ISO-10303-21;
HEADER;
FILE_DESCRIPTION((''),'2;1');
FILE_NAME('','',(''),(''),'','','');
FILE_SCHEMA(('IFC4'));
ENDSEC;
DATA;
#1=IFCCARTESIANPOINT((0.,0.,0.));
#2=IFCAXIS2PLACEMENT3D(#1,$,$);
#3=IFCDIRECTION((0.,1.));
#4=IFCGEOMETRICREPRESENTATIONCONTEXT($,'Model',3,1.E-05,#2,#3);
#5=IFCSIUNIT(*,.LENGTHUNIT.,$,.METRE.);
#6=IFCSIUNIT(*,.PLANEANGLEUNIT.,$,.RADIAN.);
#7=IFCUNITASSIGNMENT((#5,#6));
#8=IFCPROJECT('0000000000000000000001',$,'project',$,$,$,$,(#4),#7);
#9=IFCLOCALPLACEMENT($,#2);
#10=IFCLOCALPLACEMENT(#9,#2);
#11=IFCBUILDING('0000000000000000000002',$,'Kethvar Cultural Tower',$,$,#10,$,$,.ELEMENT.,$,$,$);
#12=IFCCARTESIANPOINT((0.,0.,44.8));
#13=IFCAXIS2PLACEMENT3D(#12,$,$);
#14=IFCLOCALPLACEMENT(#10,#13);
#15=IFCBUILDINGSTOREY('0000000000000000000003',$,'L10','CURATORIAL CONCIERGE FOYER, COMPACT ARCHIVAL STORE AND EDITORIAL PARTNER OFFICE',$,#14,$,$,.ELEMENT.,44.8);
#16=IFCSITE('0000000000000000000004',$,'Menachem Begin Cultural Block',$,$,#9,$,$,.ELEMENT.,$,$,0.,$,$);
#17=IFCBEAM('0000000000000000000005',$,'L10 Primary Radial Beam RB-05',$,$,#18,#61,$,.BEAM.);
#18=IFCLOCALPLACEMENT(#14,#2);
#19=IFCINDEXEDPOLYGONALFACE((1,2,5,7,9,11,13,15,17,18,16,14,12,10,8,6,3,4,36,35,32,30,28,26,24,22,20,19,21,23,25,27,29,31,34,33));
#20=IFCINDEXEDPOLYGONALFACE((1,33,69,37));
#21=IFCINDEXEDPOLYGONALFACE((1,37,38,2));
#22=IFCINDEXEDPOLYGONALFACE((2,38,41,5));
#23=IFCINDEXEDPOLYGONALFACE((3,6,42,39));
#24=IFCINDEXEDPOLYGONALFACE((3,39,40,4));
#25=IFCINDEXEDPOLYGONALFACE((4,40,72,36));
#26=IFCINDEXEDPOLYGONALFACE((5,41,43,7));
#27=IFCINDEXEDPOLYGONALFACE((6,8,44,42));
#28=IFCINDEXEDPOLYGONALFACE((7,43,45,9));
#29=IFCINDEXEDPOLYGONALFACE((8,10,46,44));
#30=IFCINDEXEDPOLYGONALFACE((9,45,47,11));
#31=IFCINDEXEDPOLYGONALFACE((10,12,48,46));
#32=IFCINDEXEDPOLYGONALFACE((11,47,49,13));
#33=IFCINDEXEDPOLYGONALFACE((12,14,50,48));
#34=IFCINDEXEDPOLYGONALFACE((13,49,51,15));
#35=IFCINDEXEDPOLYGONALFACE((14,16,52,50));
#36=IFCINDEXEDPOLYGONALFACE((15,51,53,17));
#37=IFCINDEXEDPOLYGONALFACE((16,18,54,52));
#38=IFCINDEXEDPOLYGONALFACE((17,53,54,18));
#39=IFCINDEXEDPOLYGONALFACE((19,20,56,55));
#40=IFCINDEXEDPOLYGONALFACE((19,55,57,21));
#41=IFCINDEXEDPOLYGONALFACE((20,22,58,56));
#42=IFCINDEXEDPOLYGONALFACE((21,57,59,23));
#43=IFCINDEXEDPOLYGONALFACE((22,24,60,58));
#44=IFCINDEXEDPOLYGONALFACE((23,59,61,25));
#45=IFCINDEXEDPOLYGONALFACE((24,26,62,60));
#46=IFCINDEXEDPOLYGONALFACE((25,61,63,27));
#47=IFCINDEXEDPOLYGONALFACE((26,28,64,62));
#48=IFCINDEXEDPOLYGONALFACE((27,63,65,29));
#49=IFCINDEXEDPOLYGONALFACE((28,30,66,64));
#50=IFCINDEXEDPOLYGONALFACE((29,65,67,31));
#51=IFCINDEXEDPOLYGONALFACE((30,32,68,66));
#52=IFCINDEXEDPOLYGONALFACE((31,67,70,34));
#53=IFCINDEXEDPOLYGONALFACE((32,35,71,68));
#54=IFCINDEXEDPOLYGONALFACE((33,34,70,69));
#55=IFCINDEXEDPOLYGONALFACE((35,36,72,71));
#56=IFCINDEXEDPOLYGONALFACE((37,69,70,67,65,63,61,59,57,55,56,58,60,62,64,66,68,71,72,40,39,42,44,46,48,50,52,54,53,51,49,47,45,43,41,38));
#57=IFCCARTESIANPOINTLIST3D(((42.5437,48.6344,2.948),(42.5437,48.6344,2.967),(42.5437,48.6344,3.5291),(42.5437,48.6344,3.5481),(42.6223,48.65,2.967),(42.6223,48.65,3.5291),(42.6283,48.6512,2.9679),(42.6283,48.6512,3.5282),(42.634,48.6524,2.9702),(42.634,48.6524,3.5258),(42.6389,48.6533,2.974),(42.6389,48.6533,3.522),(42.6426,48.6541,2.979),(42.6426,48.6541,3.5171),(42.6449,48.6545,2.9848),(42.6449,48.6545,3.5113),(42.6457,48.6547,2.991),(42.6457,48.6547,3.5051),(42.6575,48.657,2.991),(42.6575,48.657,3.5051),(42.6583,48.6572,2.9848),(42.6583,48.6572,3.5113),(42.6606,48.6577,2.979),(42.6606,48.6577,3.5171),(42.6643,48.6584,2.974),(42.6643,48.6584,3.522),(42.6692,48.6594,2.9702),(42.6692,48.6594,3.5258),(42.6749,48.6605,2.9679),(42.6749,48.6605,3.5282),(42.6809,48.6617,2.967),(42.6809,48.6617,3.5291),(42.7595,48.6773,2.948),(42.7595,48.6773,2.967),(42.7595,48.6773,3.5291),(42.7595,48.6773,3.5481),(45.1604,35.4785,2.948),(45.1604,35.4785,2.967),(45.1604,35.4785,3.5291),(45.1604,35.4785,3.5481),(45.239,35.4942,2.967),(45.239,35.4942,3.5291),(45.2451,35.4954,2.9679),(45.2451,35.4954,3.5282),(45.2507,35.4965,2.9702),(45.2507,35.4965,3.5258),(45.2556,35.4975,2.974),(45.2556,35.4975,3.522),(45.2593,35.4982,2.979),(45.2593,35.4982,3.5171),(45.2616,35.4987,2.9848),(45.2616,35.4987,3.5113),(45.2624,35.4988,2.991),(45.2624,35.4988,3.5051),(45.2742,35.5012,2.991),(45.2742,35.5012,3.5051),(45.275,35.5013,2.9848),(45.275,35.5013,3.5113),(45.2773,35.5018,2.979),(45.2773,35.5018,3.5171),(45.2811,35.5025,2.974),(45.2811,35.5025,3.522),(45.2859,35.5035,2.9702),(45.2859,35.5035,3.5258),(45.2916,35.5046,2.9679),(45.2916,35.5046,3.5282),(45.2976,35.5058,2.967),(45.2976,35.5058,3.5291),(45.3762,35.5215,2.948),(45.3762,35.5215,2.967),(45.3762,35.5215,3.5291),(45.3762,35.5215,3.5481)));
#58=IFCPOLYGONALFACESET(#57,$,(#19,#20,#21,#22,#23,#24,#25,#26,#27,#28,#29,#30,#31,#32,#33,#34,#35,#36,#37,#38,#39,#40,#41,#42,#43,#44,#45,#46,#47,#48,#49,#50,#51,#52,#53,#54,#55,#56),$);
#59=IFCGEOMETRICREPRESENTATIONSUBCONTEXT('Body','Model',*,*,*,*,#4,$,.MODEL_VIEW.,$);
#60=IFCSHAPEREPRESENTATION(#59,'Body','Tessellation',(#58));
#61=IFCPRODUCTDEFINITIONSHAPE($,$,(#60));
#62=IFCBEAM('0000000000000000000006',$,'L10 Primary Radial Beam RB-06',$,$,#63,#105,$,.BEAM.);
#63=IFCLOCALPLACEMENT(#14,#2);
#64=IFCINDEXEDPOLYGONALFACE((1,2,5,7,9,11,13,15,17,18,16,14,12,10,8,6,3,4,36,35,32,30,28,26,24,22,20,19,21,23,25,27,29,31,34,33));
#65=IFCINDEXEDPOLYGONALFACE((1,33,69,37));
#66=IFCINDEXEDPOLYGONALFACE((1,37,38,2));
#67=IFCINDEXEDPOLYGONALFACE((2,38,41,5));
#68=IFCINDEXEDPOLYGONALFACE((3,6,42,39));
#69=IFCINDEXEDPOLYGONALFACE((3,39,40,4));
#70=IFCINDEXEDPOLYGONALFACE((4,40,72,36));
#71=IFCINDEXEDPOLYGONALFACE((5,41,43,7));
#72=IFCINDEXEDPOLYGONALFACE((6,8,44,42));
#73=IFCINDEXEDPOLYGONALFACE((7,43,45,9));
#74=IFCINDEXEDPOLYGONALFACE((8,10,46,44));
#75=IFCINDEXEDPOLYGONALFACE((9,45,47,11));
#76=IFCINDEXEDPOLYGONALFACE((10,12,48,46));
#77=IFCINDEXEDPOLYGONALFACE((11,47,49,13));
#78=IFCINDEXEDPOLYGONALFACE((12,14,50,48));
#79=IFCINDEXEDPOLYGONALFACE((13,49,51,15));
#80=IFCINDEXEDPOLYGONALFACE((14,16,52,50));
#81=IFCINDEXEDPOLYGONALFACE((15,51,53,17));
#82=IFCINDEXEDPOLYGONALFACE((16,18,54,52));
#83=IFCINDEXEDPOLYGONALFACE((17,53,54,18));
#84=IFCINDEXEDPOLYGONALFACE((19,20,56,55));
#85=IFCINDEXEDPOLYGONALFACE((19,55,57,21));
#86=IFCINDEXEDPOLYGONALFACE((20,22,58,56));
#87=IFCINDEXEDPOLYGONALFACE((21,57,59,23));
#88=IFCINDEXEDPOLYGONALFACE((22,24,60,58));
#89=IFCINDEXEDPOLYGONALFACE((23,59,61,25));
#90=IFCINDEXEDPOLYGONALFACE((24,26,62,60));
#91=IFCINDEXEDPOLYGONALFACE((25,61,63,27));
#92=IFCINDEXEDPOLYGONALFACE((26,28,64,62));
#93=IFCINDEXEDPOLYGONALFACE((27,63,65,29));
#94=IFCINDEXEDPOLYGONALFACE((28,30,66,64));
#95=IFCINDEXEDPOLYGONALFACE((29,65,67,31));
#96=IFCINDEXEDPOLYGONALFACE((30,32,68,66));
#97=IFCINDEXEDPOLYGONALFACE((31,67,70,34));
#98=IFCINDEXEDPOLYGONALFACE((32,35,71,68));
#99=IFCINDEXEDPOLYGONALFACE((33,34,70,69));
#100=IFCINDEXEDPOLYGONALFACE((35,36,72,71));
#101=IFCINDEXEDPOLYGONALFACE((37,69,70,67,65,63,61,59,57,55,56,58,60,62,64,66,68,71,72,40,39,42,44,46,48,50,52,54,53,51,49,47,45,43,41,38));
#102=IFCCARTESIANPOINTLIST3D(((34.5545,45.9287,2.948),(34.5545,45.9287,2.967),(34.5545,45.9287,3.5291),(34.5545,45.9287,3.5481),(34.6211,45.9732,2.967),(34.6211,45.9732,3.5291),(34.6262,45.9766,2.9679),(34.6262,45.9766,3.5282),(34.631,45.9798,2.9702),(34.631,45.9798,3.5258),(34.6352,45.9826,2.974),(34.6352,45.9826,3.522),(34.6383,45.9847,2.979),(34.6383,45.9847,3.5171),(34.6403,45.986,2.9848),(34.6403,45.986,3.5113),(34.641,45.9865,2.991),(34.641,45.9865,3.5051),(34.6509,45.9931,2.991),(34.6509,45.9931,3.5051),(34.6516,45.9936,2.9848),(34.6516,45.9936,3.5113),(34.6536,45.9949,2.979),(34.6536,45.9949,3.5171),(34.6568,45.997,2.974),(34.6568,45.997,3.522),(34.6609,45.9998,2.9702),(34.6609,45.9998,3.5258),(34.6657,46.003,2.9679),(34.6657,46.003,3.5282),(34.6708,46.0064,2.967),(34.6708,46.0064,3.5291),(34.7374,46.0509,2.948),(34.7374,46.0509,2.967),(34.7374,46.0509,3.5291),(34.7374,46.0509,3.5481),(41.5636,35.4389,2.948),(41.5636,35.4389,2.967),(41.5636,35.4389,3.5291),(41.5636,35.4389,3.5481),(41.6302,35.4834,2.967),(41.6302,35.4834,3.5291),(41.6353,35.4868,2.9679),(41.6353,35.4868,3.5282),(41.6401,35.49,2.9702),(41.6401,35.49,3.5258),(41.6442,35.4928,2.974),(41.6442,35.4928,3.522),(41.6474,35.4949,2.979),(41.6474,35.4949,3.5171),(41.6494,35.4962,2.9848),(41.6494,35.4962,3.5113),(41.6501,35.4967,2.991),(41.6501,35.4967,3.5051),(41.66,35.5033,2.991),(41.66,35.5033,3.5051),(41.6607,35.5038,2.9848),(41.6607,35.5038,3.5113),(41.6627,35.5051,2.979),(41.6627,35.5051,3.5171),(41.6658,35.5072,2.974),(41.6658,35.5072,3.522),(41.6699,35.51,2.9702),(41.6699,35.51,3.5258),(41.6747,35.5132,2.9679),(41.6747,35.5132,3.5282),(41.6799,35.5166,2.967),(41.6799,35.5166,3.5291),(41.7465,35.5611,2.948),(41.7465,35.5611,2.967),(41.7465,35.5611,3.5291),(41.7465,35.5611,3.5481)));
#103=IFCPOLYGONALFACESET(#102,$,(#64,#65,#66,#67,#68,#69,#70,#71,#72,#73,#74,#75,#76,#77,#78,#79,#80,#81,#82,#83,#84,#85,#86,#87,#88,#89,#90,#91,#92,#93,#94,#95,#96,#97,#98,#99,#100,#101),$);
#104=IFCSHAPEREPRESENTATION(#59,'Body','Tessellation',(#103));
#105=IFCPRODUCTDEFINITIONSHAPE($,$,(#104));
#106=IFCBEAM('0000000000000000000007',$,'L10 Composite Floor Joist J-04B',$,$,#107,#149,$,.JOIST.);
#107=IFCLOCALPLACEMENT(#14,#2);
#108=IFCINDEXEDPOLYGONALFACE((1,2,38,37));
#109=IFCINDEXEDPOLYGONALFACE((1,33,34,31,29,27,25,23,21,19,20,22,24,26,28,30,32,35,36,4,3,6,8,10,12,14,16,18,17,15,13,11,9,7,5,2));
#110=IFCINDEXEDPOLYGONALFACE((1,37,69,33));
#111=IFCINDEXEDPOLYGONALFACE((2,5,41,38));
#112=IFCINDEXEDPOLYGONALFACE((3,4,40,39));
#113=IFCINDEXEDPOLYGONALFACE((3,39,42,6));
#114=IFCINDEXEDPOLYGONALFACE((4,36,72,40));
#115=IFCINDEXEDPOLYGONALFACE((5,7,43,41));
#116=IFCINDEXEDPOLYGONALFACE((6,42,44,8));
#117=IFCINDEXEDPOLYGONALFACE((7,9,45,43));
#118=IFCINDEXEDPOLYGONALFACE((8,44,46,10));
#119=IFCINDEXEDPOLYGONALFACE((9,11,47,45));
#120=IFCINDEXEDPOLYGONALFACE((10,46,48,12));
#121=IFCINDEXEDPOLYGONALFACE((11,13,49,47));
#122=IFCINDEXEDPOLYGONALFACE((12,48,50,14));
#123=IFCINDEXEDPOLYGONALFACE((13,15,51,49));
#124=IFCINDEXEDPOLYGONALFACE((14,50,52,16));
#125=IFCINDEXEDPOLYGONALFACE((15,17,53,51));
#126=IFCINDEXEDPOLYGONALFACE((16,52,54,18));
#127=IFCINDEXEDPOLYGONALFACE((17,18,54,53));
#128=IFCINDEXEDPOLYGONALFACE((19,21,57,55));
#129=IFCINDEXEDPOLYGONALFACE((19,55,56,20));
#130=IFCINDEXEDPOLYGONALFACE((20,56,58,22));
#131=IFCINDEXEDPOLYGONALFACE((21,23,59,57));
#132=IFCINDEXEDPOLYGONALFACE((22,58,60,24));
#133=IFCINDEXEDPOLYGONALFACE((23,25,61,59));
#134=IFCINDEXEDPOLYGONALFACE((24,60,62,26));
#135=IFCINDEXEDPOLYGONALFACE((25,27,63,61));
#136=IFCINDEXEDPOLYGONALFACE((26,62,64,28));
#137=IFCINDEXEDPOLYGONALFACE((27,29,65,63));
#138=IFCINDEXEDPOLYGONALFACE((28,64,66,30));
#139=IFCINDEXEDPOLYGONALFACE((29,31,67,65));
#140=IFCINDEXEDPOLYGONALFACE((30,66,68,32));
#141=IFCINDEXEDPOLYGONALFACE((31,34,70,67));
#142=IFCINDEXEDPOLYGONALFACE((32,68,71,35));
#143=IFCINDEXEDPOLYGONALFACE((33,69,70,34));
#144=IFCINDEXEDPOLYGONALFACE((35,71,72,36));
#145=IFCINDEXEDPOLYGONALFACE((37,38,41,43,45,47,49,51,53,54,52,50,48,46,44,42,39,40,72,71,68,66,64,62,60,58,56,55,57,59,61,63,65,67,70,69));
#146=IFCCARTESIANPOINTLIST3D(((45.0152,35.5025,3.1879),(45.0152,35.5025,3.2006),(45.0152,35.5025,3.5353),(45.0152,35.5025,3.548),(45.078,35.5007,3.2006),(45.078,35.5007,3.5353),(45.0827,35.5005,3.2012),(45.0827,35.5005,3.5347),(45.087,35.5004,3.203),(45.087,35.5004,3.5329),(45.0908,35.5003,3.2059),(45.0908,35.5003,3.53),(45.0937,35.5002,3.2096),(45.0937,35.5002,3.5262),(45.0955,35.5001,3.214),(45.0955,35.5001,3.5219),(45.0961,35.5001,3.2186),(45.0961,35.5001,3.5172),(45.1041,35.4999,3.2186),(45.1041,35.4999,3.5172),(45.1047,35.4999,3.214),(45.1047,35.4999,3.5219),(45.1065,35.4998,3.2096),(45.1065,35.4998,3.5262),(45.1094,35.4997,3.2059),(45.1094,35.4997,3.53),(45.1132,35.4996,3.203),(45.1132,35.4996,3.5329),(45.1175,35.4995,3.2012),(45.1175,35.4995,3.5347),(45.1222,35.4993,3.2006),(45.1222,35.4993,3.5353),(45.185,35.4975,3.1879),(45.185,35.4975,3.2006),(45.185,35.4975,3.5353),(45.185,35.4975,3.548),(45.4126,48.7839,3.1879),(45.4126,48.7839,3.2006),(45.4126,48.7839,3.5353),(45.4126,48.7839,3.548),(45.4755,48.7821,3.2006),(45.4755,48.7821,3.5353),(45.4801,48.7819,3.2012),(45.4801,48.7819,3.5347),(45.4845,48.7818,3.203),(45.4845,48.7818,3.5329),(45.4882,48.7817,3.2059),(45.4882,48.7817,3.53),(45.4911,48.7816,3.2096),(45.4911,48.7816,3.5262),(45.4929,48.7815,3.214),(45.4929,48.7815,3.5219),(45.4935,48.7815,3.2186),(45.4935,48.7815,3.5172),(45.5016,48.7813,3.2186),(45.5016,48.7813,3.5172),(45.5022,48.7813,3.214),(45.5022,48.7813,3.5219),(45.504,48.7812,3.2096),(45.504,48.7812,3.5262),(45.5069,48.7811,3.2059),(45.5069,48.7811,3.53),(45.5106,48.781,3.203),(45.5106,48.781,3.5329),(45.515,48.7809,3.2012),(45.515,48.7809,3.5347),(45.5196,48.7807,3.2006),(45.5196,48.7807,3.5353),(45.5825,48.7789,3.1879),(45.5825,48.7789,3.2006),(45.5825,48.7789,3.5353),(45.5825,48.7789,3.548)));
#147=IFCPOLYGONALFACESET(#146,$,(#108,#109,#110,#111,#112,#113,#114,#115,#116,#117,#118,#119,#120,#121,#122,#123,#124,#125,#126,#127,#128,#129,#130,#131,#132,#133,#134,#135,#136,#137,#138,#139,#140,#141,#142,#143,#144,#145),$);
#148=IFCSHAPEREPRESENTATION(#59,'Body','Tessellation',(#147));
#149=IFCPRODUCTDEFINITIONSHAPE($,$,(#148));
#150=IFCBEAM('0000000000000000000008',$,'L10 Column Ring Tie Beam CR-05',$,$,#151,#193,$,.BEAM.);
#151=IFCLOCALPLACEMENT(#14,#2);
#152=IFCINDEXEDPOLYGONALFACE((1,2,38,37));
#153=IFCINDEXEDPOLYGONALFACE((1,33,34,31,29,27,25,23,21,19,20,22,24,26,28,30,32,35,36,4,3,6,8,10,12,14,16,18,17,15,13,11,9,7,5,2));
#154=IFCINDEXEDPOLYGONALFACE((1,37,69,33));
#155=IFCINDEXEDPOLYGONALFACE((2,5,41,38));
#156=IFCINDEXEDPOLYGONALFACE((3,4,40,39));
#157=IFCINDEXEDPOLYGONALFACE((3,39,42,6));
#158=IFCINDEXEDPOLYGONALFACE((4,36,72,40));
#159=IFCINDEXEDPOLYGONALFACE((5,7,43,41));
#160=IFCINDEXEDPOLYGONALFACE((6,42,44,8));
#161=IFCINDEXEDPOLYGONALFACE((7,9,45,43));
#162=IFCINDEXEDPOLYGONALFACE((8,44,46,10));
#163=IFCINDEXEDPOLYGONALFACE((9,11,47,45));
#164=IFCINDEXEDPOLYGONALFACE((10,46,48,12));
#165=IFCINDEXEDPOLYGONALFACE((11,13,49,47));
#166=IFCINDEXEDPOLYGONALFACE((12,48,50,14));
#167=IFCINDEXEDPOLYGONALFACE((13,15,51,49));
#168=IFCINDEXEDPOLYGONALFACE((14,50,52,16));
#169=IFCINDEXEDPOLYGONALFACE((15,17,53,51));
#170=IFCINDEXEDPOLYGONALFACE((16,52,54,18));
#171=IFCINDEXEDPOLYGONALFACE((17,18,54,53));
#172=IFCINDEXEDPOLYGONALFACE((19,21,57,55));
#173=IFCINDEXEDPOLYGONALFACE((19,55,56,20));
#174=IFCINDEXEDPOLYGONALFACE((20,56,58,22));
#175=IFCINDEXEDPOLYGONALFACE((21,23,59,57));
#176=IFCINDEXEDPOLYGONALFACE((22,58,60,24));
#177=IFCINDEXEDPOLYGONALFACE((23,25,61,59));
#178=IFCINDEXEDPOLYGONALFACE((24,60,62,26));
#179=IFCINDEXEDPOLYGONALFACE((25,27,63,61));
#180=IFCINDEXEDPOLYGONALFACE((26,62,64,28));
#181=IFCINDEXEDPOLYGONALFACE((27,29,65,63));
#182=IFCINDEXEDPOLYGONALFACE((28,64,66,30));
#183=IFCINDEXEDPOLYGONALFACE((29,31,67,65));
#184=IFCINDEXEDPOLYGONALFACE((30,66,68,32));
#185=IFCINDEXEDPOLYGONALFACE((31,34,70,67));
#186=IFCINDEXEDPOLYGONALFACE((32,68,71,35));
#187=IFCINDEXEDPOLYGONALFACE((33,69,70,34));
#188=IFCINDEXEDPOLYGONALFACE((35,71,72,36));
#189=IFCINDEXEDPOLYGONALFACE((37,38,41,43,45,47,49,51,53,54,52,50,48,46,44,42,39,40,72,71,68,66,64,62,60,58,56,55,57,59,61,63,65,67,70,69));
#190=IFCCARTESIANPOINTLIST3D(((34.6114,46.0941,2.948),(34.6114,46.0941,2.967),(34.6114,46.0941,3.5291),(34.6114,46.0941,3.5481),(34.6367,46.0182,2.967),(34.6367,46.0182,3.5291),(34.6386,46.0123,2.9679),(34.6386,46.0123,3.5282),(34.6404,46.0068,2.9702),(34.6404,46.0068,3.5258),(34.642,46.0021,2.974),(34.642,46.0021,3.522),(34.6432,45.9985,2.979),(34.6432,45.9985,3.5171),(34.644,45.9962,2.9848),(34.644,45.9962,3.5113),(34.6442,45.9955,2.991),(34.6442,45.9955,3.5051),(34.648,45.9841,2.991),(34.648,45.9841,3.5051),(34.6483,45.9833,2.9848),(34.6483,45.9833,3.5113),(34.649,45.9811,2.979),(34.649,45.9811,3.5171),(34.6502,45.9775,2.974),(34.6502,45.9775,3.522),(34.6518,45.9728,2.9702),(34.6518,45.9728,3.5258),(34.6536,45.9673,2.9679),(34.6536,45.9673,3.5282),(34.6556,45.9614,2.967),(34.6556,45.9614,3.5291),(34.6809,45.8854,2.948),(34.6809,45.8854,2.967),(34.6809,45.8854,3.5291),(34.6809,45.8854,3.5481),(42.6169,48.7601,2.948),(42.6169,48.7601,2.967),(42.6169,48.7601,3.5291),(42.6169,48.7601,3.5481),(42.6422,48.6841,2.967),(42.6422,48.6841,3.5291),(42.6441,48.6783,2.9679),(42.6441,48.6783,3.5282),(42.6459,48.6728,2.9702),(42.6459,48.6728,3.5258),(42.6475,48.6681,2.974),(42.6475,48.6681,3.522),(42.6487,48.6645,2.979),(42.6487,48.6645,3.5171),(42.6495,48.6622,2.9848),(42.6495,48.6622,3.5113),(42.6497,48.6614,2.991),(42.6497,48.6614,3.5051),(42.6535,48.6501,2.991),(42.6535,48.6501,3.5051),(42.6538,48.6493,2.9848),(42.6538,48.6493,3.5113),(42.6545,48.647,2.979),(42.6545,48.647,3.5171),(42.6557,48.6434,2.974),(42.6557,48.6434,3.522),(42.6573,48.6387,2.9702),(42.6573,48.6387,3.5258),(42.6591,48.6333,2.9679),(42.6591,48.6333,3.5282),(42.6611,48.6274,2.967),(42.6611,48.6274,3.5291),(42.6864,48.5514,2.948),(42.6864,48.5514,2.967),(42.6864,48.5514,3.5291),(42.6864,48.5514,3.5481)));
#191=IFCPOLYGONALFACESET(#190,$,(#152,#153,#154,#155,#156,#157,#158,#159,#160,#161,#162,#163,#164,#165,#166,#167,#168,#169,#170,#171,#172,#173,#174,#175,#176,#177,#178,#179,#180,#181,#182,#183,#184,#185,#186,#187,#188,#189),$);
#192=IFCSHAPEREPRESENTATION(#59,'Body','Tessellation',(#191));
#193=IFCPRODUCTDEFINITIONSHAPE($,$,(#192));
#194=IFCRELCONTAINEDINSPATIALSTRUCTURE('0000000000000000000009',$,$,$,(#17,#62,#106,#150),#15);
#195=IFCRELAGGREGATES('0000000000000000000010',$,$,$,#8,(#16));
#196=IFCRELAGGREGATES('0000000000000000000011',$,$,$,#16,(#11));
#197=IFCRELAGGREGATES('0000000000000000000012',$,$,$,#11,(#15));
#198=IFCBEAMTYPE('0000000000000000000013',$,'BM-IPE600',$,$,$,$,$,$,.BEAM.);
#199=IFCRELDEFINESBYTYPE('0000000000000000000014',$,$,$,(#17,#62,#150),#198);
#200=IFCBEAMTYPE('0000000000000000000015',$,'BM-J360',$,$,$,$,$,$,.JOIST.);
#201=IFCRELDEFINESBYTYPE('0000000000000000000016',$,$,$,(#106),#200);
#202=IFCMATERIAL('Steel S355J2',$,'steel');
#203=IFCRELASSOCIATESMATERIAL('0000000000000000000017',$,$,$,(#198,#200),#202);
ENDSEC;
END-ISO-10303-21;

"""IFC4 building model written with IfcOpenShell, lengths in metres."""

from ifc_helpers import new_model, si_unit, direction, frame, origin, origin_2d, place, context, subcontext, project, spatial, i_section, extrude, source, transform, mapped, material, material_profile, profile_set, type_object, element, save


model = new_model("IFC4")

# Units and contexts
model_context = context("Model", 3, precision=1e-05, world=origin(), true_north=direction((0.0, 1.0)))
body_context = subcontext(model_context, "Body", "Model", "MODEL_VIEW")
ifc_project = project(units=[si_unit("LENGTHUNIT", "METRE"), si_unit("PLANEANGLEUNIT", "RADIAN")], contexts=[model_context])

# Site, building, storey
site_placement = place(None, origin())
site = spatial("IfcSite", under=ifc_project, at=site_placement, Name="Menachem Begin Cultural Block", CompositionType="ELEMENT", RefElevation=0.0)
building_placement = place(site_placement, origin())
building = spatial("IfcBuilding", under=site, at=building_placement, Name="Kethvar Cultural Tower", CompositionType="ELEMENT")
storey_placement = place(building_placement, frame((0.0, 0.0, 44.8)))
storey = spatial("IfcBuildingStorey", under=building, at=storey_placement, Name="L10", Description="CURATORIAL CONCIERGE FOYER, COMPACT ARCHIVAL STORE AND EDITORIAL PARTNER OFFICE", CompositionType="ELEMENT", Elevation=44.8)

# Beams
ifc_material_1 = material(Name="Steel S355J2", Category="steel")
ifc_material_profile_1 = material_profile(ifc_material_1, i_section(OverallWidth=0.22, OverallDepth=0.6001, WebThickness=0.012, FlangeThickness=0.019, FilletRadius=0.0239, at=origin_2d()), Name="Steel S355J2 — IPE600")
ifc_profile_set_1 = profile_set([ifc_material_profile_1], Name="Steel S355J2 — IPE600")
beam_type_1 = type_object("IfcBeamType", Name="BM-IPE600", PredefinedType="BEAM", material=ifc_profile_set_1)
shared_shape_1 = source(origin(), body_context, "Body", "SweptSolid", [
    extrude(i_section(OverallWidth=0.22, OverallDepth=0.6001, WebThickness=0.012, FlangeThickness=0.019, FilletRadius=0.0239, at=origin_2d()), origin(), (0.0, 0.0, 1.0), 13.4136),
])
beam_1_placement = place(storey_placement, frame((45.2683, 35.5, 3.248), z_axis=(-0.19508, 0.980787, 0.0), x_axis=(-0.980787, -0.19508, 0.0)))
element("IfcBeam", 1, at=beam_1_placement, inside=storey, type_object=beam_type_1, Name="L10 Primary Radial Beam RB-05", PredefinedType="BEAM", context=body_context, shape_type="MappedRepresentation", body=[
    mapped(shared_shape_1, transform((0.0, 0.0, 0.0), scale=1.0)),
])
shared_shape_2 = source(origin(), body_context, "Body", "SweptSolid", [
    extrude(i_section(OverallWidth=0.22, OverallDepth=0.6001, WebThickness=0.012, FlangeThickness=0.019, FilletRadius=0.0239, at=origin_2d()), origin(), (0.0, 0.0, 1.0), 12.616),
])
beam_2_placement = place(storey_placement, frame((41.655, 35.5, 3.248), z_axis=(-0.555571, 0.831469, 0.0), x_axis=(-0.831469, -0.555571, 0.0)))
element("IfcBeam", 2, at=beam_2_placement, inside=storey, type_object=beam_type_1, Name="L10 Primary Radial Beam RB-06", PredefinedType="BEAM", context=body_context, shape_type="MappedRepresentation", body=[
    mapped(shared_shape_2, transform((0.0, 0.0, 0.0), scale=1.0)),
])
ifc_material_profile_2 = material_profile(ifc_material_1, i_section(OverallWidth=0.1699, OverallDepth=0.3601, WebThickness=0.0081, FlangeThickness=0.0127, FilletRadius=0.0181, at=origin_2d()), Name="Steel S355J2 — IPE360")
ifc_profile_set_2 = profile_set([ifc_material_profile_2], Name="Steel S355J2 — IPE360")
beam_type_2 = type_object("IfcBeamType", Name="BM-J360", PredefinedType="JOIST", material=ifc_profile_set_2)
shared_shape_3 = source(origin(), body_context, "Body", "SweptSolid", [
    extrude(i_section(OverallWidth=0.1699, OverallDepth=0.3601, WebThickness=0.0081, FlangeThickness=0.0127, FilletRadius=0.0181, at=origin_2d()), origin(), (0.0, 0.0, 1.0), 13.2874),
])
beam_3_placement = place(storey_placement, frame((45.1001, 35.5, 3.3679), z_axis=(0.029913, 0.999553, 0.0), x_axis=(-0.999553, 0.029913, 0.0)))
element("IfcBeam", 3, at=beam_3_placement, inside=storey, type_object=beam_type_2, Name="L10 Composite Floor Joist J-04B", PredefinedType="JOIST", context=body_context, shape_type="MappedRepresentation", body=[
    mapped(shared_shape_3, transform((0.0, 0.0, 0.0), scale=1.0)),
])
shared_shape_4 = source(origin(), body_context, "Body", "SweptSolid", [
    extrude(i_section(OverallWidth=0.22, OverallDepth=0.6001, WebThickness=0.012, FlangeThickness=0.019, FilletRadius=0.0239, at=origin_2d()), origin(), (0.0, 0.0, 1.0), 8.4377),
])
beam_4_placement = place(storey_placement, frame((42.6516, 48.6558, 3.248), z_axis=(-0.948773, -0.315959, 0.0), x_axis=(0.315959, -0.948773, 0.0)))
element("IfcBeam", 4, at=beam_4_placement, inside=storey, type_object=beam_type_1, Name="L10 Column Ring Tie Beam CR-05", PredefinedType="BEAM", context=body_context, shape_type="MappedRepresentation", body=[
    mapped(shared_shape_4, transform((0.0, 0.0, 0.0), scale=1.0)),
])

save(model, "model.ifc")
